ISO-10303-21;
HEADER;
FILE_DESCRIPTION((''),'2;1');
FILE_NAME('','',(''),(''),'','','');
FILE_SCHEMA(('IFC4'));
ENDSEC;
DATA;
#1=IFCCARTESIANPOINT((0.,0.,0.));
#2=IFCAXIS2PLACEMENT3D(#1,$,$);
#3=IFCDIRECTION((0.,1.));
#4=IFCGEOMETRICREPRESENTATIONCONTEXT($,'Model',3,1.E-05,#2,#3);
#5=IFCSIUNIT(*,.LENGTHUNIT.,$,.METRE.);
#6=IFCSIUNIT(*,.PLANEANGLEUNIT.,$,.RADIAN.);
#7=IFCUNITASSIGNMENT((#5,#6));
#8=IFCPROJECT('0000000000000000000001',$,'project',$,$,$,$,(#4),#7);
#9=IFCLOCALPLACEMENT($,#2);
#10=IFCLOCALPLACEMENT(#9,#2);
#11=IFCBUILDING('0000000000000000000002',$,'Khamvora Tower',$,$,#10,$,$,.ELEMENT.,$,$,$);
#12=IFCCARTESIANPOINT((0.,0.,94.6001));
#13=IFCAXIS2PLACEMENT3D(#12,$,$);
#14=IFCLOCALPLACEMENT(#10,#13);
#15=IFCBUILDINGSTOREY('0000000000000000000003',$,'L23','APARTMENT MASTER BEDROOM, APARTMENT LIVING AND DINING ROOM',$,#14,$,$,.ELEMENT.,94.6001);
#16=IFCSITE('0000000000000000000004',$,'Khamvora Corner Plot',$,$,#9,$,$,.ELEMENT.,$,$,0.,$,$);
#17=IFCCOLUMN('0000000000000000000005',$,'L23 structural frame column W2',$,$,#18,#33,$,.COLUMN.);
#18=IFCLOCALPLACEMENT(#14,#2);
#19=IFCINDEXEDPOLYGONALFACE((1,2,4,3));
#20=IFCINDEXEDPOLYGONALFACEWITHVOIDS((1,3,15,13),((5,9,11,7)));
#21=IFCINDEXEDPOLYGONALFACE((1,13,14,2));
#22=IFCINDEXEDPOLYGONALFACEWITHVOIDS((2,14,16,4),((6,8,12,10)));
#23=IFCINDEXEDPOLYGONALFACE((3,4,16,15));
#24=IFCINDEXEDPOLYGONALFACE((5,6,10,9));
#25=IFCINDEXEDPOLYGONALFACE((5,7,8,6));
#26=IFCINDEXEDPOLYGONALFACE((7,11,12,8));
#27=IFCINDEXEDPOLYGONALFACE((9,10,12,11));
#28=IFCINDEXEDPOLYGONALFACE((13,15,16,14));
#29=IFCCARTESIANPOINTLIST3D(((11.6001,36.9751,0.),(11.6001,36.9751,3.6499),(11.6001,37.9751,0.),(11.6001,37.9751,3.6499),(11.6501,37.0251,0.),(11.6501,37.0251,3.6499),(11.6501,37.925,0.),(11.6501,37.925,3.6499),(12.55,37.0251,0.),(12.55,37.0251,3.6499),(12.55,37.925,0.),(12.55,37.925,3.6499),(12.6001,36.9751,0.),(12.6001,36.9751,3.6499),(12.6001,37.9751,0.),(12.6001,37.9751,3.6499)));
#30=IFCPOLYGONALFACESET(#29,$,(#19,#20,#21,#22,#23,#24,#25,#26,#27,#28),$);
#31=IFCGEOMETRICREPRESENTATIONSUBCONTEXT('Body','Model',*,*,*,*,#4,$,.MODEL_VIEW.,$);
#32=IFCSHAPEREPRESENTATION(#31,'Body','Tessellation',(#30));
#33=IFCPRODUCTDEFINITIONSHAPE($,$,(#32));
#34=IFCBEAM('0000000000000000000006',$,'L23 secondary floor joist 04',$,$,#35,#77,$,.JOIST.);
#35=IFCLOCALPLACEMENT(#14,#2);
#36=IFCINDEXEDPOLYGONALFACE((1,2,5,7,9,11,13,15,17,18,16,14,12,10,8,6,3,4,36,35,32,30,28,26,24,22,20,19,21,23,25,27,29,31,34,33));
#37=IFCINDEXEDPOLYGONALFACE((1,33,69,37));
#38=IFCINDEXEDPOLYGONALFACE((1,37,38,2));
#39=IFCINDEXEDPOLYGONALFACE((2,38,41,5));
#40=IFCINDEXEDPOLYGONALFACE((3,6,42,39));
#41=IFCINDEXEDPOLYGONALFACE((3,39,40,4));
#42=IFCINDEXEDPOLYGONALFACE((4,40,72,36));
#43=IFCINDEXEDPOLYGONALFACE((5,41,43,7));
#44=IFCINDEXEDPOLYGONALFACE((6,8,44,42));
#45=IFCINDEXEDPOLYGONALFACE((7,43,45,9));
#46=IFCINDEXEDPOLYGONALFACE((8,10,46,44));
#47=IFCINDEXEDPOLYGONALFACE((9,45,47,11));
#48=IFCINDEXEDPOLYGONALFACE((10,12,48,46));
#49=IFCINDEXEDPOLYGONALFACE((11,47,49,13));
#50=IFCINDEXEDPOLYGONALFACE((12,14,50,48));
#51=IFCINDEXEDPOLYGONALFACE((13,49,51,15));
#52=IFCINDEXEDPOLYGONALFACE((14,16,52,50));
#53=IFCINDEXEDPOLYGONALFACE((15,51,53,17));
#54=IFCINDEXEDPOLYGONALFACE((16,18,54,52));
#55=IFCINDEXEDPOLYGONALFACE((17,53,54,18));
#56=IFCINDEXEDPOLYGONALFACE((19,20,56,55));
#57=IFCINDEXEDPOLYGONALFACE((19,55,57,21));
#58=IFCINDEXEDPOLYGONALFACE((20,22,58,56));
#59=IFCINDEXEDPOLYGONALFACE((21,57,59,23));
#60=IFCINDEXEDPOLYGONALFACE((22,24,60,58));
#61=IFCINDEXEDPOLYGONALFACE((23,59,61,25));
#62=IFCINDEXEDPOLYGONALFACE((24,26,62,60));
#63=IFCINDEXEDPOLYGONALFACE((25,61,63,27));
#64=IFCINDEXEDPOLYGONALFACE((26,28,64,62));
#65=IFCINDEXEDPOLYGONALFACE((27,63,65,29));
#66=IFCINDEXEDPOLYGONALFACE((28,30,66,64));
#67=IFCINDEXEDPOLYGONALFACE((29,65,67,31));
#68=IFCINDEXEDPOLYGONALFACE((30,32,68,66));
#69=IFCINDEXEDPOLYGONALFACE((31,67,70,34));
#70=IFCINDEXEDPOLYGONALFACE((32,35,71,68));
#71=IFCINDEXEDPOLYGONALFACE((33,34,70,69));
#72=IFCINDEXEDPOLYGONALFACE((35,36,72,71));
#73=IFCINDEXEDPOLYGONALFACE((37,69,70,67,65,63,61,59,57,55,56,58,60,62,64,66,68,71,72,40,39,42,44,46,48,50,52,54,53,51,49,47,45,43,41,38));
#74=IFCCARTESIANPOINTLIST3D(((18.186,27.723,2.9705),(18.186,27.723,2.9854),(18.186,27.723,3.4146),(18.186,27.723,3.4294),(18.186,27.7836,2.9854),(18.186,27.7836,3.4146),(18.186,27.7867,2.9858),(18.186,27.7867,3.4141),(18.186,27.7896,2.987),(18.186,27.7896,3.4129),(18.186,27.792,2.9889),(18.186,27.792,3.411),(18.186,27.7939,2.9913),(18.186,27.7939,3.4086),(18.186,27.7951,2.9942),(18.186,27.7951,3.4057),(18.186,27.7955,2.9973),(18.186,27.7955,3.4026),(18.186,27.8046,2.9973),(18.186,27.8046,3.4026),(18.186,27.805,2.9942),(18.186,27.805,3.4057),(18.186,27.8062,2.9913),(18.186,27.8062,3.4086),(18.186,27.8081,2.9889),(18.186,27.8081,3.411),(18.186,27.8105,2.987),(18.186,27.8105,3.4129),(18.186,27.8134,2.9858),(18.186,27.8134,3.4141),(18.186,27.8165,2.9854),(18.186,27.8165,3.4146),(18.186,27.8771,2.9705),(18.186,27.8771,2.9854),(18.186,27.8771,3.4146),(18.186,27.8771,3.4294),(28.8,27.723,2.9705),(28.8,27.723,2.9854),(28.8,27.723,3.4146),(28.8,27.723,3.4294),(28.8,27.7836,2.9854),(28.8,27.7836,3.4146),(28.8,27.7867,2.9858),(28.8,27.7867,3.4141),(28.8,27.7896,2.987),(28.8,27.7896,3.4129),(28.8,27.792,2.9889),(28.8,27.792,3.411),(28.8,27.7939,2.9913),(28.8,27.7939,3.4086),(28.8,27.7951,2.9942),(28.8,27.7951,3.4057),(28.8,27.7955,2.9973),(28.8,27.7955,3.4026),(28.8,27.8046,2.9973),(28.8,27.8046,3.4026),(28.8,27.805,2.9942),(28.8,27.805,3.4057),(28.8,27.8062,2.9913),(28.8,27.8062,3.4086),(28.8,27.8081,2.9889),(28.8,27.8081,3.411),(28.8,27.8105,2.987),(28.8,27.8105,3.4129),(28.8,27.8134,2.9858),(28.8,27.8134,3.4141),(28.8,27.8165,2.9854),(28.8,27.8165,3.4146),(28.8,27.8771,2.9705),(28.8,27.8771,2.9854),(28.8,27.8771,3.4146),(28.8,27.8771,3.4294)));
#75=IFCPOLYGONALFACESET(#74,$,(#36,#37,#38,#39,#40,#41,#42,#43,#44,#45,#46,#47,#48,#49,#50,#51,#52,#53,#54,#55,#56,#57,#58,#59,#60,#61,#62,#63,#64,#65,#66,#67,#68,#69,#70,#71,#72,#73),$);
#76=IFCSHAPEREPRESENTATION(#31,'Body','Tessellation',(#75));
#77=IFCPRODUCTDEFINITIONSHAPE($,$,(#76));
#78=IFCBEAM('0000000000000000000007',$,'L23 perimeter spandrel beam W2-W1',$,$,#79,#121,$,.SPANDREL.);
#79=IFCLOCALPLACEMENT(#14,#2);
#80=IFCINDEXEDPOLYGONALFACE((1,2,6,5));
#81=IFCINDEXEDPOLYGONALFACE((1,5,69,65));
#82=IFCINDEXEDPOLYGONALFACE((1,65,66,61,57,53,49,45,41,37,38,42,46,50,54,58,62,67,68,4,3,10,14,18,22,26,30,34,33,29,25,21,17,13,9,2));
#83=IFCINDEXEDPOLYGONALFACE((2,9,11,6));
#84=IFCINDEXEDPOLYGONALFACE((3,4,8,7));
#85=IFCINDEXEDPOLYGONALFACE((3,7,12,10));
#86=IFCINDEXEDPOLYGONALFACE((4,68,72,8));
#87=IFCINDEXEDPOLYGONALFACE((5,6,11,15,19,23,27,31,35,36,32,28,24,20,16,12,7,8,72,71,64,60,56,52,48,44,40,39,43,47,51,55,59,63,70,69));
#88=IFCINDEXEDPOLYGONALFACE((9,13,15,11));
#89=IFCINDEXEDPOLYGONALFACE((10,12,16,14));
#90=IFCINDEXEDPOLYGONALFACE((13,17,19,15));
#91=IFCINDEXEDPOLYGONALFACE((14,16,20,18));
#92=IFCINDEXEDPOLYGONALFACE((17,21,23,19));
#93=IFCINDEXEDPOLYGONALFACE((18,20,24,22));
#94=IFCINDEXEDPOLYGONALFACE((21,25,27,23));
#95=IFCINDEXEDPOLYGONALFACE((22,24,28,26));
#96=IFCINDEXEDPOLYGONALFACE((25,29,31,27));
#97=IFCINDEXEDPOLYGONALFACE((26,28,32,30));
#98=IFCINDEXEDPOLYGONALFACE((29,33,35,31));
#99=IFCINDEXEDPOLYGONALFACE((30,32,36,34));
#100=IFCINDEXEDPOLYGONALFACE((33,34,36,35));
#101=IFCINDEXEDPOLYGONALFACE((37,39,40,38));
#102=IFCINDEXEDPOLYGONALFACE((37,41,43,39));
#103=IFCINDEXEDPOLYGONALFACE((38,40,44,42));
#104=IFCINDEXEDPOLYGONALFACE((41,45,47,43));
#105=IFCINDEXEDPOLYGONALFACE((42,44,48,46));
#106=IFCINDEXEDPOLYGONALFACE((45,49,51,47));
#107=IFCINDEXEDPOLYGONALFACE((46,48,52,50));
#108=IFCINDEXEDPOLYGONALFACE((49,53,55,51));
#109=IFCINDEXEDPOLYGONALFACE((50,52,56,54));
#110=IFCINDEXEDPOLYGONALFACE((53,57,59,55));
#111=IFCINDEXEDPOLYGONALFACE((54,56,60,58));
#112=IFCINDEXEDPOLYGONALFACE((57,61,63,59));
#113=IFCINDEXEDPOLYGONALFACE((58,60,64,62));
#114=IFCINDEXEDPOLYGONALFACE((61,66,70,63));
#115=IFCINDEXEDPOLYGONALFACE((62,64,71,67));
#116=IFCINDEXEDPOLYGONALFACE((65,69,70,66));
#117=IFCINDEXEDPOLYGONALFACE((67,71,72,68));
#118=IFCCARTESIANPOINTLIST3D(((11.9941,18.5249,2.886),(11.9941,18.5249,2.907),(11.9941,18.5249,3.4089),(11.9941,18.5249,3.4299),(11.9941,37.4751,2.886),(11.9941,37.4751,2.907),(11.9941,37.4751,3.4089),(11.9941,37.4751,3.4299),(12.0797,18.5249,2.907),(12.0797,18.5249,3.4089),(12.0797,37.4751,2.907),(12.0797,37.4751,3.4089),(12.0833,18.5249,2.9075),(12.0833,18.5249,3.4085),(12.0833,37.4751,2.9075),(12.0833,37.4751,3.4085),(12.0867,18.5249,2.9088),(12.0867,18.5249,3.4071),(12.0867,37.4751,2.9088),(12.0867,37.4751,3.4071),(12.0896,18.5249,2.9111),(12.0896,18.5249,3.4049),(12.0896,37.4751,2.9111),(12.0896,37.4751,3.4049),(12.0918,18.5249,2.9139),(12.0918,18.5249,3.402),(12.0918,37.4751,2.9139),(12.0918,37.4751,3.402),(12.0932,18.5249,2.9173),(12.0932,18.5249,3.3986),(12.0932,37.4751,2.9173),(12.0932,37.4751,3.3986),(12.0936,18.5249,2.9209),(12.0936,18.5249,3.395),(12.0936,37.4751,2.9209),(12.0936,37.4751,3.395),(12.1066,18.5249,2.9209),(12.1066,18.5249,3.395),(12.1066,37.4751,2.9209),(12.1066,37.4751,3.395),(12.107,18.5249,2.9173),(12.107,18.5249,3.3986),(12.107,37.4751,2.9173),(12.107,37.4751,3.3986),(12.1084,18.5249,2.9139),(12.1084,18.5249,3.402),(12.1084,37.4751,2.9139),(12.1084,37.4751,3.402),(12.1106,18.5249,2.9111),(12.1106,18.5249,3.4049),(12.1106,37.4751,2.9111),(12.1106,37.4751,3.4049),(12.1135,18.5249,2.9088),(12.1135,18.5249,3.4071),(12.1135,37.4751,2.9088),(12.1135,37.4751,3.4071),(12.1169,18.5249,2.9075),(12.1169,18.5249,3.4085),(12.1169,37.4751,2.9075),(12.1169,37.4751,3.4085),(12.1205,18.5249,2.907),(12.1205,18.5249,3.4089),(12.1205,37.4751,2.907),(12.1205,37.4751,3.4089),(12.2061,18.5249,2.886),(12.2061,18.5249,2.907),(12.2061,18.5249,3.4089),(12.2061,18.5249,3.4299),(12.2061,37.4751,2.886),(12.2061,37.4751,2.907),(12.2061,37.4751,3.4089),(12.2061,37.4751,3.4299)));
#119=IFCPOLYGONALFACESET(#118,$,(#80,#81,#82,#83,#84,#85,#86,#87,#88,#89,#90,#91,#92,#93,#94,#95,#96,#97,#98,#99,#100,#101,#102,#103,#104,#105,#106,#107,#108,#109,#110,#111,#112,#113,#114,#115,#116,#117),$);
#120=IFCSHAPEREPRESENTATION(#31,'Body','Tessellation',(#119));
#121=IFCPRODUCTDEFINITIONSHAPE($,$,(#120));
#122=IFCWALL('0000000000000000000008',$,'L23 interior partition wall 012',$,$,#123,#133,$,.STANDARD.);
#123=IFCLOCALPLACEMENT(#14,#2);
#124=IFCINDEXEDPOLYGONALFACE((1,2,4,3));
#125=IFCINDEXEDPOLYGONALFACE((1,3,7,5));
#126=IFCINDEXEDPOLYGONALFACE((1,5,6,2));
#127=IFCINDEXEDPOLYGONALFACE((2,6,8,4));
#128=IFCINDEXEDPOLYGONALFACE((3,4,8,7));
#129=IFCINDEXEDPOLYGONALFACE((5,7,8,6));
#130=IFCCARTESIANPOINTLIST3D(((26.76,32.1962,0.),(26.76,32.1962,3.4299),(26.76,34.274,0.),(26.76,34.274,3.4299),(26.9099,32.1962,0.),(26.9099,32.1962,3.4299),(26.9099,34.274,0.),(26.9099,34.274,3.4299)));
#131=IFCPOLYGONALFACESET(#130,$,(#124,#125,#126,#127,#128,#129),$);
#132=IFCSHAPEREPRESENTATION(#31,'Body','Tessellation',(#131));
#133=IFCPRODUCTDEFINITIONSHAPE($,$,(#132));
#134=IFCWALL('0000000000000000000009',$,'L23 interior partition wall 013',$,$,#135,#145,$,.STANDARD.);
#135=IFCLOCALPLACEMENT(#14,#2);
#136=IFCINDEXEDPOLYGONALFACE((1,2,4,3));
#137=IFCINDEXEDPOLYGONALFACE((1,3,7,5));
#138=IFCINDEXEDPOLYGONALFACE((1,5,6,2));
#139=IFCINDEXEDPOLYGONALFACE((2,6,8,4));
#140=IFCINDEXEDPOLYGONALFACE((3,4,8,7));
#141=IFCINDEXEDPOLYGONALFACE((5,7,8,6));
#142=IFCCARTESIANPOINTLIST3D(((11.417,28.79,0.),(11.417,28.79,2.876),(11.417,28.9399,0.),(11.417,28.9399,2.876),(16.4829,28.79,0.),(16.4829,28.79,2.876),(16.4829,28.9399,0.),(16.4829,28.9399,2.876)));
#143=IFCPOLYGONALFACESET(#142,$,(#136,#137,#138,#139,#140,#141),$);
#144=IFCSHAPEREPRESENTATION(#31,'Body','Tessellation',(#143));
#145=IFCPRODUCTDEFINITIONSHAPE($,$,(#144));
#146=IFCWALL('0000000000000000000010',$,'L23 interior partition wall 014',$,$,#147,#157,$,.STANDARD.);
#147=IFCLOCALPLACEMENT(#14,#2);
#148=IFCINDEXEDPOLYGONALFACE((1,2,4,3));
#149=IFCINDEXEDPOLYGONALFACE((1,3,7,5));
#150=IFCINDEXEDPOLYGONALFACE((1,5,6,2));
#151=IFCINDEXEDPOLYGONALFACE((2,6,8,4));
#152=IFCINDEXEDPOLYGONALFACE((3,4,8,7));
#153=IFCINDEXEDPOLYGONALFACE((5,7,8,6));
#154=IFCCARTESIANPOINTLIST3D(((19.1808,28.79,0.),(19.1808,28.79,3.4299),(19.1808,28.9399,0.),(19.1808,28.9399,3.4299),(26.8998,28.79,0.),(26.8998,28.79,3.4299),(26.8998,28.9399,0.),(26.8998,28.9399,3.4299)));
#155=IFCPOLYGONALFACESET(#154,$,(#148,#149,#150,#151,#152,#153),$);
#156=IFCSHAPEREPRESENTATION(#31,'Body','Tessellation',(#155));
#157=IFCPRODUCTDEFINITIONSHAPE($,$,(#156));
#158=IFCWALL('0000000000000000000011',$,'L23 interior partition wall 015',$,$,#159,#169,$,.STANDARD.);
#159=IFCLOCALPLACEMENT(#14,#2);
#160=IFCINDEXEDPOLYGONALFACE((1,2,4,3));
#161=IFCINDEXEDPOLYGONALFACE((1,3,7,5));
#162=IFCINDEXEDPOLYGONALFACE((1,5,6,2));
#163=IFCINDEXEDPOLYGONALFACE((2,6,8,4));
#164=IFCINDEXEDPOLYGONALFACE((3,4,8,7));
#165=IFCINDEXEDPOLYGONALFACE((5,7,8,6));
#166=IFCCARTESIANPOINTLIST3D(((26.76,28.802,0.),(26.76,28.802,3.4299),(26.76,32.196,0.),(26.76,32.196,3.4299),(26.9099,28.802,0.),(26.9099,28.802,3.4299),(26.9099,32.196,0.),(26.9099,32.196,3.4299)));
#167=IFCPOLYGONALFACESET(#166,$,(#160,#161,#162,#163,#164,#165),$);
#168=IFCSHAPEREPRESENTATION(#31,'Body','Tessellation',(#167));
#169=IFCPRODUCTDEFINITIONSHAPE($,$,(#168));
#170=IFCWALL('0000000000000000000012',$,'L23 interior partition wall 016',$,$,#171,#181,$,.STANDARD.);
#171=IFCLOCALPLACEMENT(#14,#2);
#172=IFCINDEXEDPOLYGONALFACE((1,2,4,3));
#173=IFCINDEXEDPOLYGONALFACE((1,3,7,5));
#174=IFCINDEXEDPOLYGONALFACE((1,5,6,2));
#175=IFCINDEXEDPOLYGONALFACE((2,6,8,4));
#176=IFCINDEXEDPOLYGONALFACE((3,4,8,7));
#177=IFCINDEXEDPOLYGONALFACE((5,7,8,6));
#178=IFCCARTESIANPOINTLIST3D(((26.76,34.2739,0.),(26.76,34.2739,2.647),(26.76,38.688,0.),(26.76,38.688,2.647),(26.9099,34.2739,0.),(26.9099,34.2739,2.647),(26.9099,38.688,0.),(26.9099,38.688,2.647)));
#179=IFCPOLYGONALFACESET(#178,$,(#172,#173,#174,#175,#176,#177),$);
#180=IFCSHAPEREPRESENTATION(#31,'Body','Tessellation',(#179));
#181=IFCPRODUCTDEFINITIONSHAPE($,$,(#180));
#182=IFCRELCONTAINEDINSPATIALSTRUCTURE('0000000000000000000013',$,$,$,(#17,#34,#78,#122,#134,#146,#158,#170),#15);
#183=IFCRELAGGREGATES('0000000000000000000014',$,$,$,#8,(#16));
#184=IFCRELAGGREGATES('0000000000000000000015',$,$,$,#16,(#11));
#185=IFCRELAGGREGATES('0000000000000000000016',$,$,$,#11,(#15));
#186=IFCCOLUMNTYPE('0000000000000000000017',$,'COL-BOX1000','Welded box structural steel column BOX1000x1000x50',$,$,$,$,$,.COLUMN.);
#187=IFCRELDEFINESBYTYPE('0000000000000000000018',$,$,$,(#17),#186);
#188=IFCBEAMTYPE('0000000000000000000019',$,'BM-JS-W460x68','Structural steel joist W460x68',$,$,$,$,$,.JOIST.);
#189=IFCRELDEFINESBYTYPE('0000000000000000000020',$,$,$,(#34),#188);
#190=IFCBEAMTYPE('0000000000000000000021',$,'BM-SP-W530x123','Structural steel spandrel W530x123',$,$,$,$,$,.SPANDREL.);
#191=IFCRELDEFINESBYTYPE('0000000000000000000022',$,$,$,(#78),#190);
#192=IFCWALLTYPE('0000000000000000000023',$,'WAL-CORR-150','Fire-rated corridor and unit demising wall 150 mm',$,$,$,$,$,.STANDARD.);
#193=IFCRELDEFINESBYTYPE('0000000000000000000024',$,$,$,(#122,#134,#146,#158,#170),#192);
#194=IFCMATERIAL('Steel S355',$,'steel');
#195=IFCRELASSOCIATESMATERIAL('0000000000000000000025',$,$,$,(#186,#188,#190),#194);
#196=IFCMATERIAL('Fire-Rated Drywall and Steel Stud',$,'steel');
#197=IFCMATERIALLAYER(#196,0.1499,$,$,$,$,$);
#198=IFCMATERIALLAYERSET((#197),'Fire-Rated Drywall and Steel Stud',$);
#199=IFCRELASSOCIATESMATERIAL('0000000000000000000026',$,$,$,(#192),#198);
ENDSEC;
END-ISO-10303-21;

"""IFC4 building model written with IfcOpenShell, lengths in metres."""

from ifc_helpers import new_model, si_unit, direction, frame, frame_2d, origin, origin_2d, place, context, subcontext, project, spatial, rectangle, hollow_rectangle, i_section, extrude, material, layer, layer_set, material_profile, profile_set, type_object, element, save


model = new_model("IFC4")

# Units and contexts
model_context = context("Model", 3, precision=1e-05, world=origin(), true_north=direction((0.0, 1.0)))
body_context = subcontext(model_context, "Body", "Model", "MODEL_VIEW")
ifc_project = project(units=[si_unit("LENGTHUNIT", "METRE"), si_unit("PLANEANGLEUNIT", "RADIAN")], contexts=[model_context])

# Site, building, storey
site_placement = place(None, origin())
site = spatial("IfcSite", under=ifc_project, at=site_placement, Name="Khamvora Corner Plot", CompositionType="ELEMENT", RefElevation=0.0)
building_placement = place(site_placement, origin())
building = spatial("IfcBuilding", under=site, at=building_placement, Name="Khamvora Tower", CompositionType="ELEMENT")
storey_placement = place(building_placement, frame((0.0, 0.0, 94.6001)))
storey = spatial("IfcBuildingStorey", under=building, at=storey_placement, Name="L23", Description="APARTMENT MASTER BEDROOM, APARTMENT LIVING AND DINING ROOM", CompositionType="ELEMENT", Elevation=94.6001)

# Column
ifc_material_1 = material(Name="Steel S355", Category="steel")
ifc_material_profile_1 = material_profile(ifc_material_1, hollow_rectangle(XDim=1.0, YDim=1.0, WallThickness=0.05, at=origin_2d()), Name="BOX1000x1000x50")
ifc_profile_set_1 = profile_set([ifc_material_profile_1], Name="Steel S355")
column_type = type_object("IfcColumnType", Name="COL-BOX1000", Description="Welded box structural steel column BOX1000x1000x50", PredefinedType="COLUMN", material=ifc_profile_set_1)
column_placement = place(storey_placement, frame((12.1001, 37.4751, 0.0), z_axis=(0.0, 0.0, 1.0), x_axis=(1.0, 0.0, 0.0)))
element("IfcColumn", 1, at=column_placement, inside=storey, type_object=column_type, Name="L23 structural frame column W2", PredefinedType="COLUMN", context=body_context, shape_type="SweptSolid", body=[
    extrude(hollow_rectangle(XDim=1.0, YDim=1.0, WallThickness=0.05, at=origin_2d()), origin(), (0.0, 0.0, 1.0), 3.6499),
])

# Beams
ifc_material_profile_2 = material_profile(ifc_material_1, i_section(OverallWidth=0.1541, OverallDepth=0.459, WebThickness=0.009, FlangeThickness=0.0149, FilletRadius=0.012, at=origin_2d()), Name="W460x68")
ifc_profile_set_2 = profile_set([ifc_material_profile_2], Name="Steel S355")
beam_type_1 = type_object("IfcBeamType", Name="BM-JS-W460x68", Description="Structural steel joist W460x68", PredefinedType="JOIST", material=ifc_profile_set_2)
beam_1_placement = place(storey_placement, frame((18.186, 27.8, 3.2), z_axis=(1.0, 0.0, 0.0), x_axis=(0.0, 1.0, 0.0)))
element("IfcBeam", 2, at=beam_1_placement, inside=storey, type_object=beam_type_1, Name="L23 secondary floor joist 04", PredefinedType="JOIST", context=body_context, shape_type="SweptSolid", body=[
    extrude(i_section(OverallWidth=0.1541, OverallDepth=0.459, WebThickness=0.009, FlangeThickness=0.0149, FilletRadius=0.012, at=origin_2d()), origin(), (0.0, 0.0, 1.0), 10.614),
])
ifc_material_profile_3 = material_profile(ifc_material_1, i_section(OverallWidth=0.2119, OverallDepth=0.5439, WebThickness=0.0129, FlangeThickness=0.021, FilletRadius=0.0139, at=origin_2d()), Name="W530x123")
ifc_profile_set_3 = profile_set([ifc_material_profile_3], Name="Steel S355")
beam_type_2 = type_object("IfcBeamType", Name="BM-SP-W530x123", Description="Structural steel spandrel W530x123", PredefinedType="SPANDREL", material=ifc_profile_set_3)
beam_2_placement = place(storey_placement, frame((12.1001, 37.4751, 3.158), z_axis=(0.0, -1.0, 0.0), x_axis=(1.0, 0.0, 0.0)))
element("IfcBeam", 3, at=beam_2_placement, inside=storey, type_object=beam_type_2, Name="L23 perimeter spandrel beam W2-W1", PredefinedType="SPANDREL", context=body_context, shape_type="SweptSolid", body=[
    extrude(i_section(OverallWidth=0.2119, OverallDepth=0.5439, WebThickness=0.0129, FlangeThickness=0.021, FilletRadius=0.0139, at=origin_2d()), origin(), (0.0, 0.0, 1.0), 18.9502),
])

# Shared definitions
ifc_material_2 = material(Name="Fire-Rated Drywall and Steel Stud", Category="steel")
ifc_layer_1 = layer(ifc_material_2, 0.1499)
ifc_layer_set_1 = layer_set([ifc_layer_1], Name="Fire-Rated Drywall and Steel Stud")
wall_type_1 = type_object("IfcWallType", Name="WAL-CORR-150", Description="Fire-rated corridor and unit demising wall 150 mm", PredefinedType="STANDARD", material=ifc_layer_set_1)

# Walls
wall_1_placement = place(storey_placement, frame((26.835, 32.196, 0.0), z_axis=(0.0, 0.0, 1.0), x_axis=(0.0, 1.0, 0.0)))
element("IfcWall", 4, at=wall_1_placement, inside=storey, type_object=wall_type_1, Name="L23 interior partition wall 012", PredefinedType="STANDARD", context=body_context, shape_type="SweptSolid", body=[
    extrude(rectangle(XDim=2.0779, YDim=0.1499, at=frame_2d((1.0391, 0.0))), origin(), (0.0, 0.0, 1.0), 3.4299),
])
wall_2_placement = place(storey_placement, frame((11.417, 28.865, 0.0), z_axis=(0.0, 0.0, 1.0), x_axis=(1.0, 0.0, 0.0)))
element("IfcWall", 5, at=wall_2_placement, inside=storey, type_object=wall_type_1, Name="L23 interior partition wall 013", PredefinedType="STANDARD", context=body_context, shape_type="SweptSolid", body=[
    extrude(rectangle(XDim=5.0659, YDim=0.1499, at=frame_2d((2.533, 0.0))), origin(), (0.0, 0.0, 1.0), 2.876),
])
wall_3_placement = place(storey_placement, frame((19.1809, 28.865, 0.0), z_axis=(0.0, 0.0, 1.0), x_axis=(1.0, 0.0, 0.0)))
element("IfcWall", 6, at=wall_3_placement, inside=storey, type_object=wall_type_1, Name="L23 interior partition wall 014", PredefinedType="STANDARD", context=body_context, shape_type="SweptSolid", body=[
    extrude(rectangle(XDim=7.719, YDim=0.1499, at=frame_2d((3.8594, 0.0))), origin(), (0.0, 0.0, 1.0), 3.4299),
])
wall_4_placement = place(storey_placement, frame((26.835, 28.802, 0.0), z_axis=(0.0, 0.0, 1.0), x_axis=(0.0, 1.0, 0.0)))
element("IfcWall", 7, at=wall_4_placement, inside=storey, type_object=wall_type_1, Name="L23 interior partition wall 015", PredefinedType="STANDARD", context=body_context, shape_type="SweptSolid", body=[
    extrude(rectangle(XDim=3.394, YDim=0.1499, at=frame_2d((1.697, 0.0))), origin(), (0.0, 0.0, 1.0), 3.4299),
])
wall_5_placement = place(storey_placement, frame((26.835, 34.2739, 0.0), z_axis=(0.0, 0.0, 1.0), x_axis=(0.0, 1.0, 0.0)))
element("IfcWall", 8, at=wall_5_placement, inside=storey, type_object=wall_type_1, Name="L23 interior partition wall 016", PredefinedType="STANDARD", context=body_context, shape_type="SweptSolid", body=[
    extrude(rectangle(XDim=4.4141, YDim=0.1499, at=frame_2d((2.207, 0.0))), origin(), (0.0, 0.0, 1.0), 2.647),
])

save(model, "model.ifc")
